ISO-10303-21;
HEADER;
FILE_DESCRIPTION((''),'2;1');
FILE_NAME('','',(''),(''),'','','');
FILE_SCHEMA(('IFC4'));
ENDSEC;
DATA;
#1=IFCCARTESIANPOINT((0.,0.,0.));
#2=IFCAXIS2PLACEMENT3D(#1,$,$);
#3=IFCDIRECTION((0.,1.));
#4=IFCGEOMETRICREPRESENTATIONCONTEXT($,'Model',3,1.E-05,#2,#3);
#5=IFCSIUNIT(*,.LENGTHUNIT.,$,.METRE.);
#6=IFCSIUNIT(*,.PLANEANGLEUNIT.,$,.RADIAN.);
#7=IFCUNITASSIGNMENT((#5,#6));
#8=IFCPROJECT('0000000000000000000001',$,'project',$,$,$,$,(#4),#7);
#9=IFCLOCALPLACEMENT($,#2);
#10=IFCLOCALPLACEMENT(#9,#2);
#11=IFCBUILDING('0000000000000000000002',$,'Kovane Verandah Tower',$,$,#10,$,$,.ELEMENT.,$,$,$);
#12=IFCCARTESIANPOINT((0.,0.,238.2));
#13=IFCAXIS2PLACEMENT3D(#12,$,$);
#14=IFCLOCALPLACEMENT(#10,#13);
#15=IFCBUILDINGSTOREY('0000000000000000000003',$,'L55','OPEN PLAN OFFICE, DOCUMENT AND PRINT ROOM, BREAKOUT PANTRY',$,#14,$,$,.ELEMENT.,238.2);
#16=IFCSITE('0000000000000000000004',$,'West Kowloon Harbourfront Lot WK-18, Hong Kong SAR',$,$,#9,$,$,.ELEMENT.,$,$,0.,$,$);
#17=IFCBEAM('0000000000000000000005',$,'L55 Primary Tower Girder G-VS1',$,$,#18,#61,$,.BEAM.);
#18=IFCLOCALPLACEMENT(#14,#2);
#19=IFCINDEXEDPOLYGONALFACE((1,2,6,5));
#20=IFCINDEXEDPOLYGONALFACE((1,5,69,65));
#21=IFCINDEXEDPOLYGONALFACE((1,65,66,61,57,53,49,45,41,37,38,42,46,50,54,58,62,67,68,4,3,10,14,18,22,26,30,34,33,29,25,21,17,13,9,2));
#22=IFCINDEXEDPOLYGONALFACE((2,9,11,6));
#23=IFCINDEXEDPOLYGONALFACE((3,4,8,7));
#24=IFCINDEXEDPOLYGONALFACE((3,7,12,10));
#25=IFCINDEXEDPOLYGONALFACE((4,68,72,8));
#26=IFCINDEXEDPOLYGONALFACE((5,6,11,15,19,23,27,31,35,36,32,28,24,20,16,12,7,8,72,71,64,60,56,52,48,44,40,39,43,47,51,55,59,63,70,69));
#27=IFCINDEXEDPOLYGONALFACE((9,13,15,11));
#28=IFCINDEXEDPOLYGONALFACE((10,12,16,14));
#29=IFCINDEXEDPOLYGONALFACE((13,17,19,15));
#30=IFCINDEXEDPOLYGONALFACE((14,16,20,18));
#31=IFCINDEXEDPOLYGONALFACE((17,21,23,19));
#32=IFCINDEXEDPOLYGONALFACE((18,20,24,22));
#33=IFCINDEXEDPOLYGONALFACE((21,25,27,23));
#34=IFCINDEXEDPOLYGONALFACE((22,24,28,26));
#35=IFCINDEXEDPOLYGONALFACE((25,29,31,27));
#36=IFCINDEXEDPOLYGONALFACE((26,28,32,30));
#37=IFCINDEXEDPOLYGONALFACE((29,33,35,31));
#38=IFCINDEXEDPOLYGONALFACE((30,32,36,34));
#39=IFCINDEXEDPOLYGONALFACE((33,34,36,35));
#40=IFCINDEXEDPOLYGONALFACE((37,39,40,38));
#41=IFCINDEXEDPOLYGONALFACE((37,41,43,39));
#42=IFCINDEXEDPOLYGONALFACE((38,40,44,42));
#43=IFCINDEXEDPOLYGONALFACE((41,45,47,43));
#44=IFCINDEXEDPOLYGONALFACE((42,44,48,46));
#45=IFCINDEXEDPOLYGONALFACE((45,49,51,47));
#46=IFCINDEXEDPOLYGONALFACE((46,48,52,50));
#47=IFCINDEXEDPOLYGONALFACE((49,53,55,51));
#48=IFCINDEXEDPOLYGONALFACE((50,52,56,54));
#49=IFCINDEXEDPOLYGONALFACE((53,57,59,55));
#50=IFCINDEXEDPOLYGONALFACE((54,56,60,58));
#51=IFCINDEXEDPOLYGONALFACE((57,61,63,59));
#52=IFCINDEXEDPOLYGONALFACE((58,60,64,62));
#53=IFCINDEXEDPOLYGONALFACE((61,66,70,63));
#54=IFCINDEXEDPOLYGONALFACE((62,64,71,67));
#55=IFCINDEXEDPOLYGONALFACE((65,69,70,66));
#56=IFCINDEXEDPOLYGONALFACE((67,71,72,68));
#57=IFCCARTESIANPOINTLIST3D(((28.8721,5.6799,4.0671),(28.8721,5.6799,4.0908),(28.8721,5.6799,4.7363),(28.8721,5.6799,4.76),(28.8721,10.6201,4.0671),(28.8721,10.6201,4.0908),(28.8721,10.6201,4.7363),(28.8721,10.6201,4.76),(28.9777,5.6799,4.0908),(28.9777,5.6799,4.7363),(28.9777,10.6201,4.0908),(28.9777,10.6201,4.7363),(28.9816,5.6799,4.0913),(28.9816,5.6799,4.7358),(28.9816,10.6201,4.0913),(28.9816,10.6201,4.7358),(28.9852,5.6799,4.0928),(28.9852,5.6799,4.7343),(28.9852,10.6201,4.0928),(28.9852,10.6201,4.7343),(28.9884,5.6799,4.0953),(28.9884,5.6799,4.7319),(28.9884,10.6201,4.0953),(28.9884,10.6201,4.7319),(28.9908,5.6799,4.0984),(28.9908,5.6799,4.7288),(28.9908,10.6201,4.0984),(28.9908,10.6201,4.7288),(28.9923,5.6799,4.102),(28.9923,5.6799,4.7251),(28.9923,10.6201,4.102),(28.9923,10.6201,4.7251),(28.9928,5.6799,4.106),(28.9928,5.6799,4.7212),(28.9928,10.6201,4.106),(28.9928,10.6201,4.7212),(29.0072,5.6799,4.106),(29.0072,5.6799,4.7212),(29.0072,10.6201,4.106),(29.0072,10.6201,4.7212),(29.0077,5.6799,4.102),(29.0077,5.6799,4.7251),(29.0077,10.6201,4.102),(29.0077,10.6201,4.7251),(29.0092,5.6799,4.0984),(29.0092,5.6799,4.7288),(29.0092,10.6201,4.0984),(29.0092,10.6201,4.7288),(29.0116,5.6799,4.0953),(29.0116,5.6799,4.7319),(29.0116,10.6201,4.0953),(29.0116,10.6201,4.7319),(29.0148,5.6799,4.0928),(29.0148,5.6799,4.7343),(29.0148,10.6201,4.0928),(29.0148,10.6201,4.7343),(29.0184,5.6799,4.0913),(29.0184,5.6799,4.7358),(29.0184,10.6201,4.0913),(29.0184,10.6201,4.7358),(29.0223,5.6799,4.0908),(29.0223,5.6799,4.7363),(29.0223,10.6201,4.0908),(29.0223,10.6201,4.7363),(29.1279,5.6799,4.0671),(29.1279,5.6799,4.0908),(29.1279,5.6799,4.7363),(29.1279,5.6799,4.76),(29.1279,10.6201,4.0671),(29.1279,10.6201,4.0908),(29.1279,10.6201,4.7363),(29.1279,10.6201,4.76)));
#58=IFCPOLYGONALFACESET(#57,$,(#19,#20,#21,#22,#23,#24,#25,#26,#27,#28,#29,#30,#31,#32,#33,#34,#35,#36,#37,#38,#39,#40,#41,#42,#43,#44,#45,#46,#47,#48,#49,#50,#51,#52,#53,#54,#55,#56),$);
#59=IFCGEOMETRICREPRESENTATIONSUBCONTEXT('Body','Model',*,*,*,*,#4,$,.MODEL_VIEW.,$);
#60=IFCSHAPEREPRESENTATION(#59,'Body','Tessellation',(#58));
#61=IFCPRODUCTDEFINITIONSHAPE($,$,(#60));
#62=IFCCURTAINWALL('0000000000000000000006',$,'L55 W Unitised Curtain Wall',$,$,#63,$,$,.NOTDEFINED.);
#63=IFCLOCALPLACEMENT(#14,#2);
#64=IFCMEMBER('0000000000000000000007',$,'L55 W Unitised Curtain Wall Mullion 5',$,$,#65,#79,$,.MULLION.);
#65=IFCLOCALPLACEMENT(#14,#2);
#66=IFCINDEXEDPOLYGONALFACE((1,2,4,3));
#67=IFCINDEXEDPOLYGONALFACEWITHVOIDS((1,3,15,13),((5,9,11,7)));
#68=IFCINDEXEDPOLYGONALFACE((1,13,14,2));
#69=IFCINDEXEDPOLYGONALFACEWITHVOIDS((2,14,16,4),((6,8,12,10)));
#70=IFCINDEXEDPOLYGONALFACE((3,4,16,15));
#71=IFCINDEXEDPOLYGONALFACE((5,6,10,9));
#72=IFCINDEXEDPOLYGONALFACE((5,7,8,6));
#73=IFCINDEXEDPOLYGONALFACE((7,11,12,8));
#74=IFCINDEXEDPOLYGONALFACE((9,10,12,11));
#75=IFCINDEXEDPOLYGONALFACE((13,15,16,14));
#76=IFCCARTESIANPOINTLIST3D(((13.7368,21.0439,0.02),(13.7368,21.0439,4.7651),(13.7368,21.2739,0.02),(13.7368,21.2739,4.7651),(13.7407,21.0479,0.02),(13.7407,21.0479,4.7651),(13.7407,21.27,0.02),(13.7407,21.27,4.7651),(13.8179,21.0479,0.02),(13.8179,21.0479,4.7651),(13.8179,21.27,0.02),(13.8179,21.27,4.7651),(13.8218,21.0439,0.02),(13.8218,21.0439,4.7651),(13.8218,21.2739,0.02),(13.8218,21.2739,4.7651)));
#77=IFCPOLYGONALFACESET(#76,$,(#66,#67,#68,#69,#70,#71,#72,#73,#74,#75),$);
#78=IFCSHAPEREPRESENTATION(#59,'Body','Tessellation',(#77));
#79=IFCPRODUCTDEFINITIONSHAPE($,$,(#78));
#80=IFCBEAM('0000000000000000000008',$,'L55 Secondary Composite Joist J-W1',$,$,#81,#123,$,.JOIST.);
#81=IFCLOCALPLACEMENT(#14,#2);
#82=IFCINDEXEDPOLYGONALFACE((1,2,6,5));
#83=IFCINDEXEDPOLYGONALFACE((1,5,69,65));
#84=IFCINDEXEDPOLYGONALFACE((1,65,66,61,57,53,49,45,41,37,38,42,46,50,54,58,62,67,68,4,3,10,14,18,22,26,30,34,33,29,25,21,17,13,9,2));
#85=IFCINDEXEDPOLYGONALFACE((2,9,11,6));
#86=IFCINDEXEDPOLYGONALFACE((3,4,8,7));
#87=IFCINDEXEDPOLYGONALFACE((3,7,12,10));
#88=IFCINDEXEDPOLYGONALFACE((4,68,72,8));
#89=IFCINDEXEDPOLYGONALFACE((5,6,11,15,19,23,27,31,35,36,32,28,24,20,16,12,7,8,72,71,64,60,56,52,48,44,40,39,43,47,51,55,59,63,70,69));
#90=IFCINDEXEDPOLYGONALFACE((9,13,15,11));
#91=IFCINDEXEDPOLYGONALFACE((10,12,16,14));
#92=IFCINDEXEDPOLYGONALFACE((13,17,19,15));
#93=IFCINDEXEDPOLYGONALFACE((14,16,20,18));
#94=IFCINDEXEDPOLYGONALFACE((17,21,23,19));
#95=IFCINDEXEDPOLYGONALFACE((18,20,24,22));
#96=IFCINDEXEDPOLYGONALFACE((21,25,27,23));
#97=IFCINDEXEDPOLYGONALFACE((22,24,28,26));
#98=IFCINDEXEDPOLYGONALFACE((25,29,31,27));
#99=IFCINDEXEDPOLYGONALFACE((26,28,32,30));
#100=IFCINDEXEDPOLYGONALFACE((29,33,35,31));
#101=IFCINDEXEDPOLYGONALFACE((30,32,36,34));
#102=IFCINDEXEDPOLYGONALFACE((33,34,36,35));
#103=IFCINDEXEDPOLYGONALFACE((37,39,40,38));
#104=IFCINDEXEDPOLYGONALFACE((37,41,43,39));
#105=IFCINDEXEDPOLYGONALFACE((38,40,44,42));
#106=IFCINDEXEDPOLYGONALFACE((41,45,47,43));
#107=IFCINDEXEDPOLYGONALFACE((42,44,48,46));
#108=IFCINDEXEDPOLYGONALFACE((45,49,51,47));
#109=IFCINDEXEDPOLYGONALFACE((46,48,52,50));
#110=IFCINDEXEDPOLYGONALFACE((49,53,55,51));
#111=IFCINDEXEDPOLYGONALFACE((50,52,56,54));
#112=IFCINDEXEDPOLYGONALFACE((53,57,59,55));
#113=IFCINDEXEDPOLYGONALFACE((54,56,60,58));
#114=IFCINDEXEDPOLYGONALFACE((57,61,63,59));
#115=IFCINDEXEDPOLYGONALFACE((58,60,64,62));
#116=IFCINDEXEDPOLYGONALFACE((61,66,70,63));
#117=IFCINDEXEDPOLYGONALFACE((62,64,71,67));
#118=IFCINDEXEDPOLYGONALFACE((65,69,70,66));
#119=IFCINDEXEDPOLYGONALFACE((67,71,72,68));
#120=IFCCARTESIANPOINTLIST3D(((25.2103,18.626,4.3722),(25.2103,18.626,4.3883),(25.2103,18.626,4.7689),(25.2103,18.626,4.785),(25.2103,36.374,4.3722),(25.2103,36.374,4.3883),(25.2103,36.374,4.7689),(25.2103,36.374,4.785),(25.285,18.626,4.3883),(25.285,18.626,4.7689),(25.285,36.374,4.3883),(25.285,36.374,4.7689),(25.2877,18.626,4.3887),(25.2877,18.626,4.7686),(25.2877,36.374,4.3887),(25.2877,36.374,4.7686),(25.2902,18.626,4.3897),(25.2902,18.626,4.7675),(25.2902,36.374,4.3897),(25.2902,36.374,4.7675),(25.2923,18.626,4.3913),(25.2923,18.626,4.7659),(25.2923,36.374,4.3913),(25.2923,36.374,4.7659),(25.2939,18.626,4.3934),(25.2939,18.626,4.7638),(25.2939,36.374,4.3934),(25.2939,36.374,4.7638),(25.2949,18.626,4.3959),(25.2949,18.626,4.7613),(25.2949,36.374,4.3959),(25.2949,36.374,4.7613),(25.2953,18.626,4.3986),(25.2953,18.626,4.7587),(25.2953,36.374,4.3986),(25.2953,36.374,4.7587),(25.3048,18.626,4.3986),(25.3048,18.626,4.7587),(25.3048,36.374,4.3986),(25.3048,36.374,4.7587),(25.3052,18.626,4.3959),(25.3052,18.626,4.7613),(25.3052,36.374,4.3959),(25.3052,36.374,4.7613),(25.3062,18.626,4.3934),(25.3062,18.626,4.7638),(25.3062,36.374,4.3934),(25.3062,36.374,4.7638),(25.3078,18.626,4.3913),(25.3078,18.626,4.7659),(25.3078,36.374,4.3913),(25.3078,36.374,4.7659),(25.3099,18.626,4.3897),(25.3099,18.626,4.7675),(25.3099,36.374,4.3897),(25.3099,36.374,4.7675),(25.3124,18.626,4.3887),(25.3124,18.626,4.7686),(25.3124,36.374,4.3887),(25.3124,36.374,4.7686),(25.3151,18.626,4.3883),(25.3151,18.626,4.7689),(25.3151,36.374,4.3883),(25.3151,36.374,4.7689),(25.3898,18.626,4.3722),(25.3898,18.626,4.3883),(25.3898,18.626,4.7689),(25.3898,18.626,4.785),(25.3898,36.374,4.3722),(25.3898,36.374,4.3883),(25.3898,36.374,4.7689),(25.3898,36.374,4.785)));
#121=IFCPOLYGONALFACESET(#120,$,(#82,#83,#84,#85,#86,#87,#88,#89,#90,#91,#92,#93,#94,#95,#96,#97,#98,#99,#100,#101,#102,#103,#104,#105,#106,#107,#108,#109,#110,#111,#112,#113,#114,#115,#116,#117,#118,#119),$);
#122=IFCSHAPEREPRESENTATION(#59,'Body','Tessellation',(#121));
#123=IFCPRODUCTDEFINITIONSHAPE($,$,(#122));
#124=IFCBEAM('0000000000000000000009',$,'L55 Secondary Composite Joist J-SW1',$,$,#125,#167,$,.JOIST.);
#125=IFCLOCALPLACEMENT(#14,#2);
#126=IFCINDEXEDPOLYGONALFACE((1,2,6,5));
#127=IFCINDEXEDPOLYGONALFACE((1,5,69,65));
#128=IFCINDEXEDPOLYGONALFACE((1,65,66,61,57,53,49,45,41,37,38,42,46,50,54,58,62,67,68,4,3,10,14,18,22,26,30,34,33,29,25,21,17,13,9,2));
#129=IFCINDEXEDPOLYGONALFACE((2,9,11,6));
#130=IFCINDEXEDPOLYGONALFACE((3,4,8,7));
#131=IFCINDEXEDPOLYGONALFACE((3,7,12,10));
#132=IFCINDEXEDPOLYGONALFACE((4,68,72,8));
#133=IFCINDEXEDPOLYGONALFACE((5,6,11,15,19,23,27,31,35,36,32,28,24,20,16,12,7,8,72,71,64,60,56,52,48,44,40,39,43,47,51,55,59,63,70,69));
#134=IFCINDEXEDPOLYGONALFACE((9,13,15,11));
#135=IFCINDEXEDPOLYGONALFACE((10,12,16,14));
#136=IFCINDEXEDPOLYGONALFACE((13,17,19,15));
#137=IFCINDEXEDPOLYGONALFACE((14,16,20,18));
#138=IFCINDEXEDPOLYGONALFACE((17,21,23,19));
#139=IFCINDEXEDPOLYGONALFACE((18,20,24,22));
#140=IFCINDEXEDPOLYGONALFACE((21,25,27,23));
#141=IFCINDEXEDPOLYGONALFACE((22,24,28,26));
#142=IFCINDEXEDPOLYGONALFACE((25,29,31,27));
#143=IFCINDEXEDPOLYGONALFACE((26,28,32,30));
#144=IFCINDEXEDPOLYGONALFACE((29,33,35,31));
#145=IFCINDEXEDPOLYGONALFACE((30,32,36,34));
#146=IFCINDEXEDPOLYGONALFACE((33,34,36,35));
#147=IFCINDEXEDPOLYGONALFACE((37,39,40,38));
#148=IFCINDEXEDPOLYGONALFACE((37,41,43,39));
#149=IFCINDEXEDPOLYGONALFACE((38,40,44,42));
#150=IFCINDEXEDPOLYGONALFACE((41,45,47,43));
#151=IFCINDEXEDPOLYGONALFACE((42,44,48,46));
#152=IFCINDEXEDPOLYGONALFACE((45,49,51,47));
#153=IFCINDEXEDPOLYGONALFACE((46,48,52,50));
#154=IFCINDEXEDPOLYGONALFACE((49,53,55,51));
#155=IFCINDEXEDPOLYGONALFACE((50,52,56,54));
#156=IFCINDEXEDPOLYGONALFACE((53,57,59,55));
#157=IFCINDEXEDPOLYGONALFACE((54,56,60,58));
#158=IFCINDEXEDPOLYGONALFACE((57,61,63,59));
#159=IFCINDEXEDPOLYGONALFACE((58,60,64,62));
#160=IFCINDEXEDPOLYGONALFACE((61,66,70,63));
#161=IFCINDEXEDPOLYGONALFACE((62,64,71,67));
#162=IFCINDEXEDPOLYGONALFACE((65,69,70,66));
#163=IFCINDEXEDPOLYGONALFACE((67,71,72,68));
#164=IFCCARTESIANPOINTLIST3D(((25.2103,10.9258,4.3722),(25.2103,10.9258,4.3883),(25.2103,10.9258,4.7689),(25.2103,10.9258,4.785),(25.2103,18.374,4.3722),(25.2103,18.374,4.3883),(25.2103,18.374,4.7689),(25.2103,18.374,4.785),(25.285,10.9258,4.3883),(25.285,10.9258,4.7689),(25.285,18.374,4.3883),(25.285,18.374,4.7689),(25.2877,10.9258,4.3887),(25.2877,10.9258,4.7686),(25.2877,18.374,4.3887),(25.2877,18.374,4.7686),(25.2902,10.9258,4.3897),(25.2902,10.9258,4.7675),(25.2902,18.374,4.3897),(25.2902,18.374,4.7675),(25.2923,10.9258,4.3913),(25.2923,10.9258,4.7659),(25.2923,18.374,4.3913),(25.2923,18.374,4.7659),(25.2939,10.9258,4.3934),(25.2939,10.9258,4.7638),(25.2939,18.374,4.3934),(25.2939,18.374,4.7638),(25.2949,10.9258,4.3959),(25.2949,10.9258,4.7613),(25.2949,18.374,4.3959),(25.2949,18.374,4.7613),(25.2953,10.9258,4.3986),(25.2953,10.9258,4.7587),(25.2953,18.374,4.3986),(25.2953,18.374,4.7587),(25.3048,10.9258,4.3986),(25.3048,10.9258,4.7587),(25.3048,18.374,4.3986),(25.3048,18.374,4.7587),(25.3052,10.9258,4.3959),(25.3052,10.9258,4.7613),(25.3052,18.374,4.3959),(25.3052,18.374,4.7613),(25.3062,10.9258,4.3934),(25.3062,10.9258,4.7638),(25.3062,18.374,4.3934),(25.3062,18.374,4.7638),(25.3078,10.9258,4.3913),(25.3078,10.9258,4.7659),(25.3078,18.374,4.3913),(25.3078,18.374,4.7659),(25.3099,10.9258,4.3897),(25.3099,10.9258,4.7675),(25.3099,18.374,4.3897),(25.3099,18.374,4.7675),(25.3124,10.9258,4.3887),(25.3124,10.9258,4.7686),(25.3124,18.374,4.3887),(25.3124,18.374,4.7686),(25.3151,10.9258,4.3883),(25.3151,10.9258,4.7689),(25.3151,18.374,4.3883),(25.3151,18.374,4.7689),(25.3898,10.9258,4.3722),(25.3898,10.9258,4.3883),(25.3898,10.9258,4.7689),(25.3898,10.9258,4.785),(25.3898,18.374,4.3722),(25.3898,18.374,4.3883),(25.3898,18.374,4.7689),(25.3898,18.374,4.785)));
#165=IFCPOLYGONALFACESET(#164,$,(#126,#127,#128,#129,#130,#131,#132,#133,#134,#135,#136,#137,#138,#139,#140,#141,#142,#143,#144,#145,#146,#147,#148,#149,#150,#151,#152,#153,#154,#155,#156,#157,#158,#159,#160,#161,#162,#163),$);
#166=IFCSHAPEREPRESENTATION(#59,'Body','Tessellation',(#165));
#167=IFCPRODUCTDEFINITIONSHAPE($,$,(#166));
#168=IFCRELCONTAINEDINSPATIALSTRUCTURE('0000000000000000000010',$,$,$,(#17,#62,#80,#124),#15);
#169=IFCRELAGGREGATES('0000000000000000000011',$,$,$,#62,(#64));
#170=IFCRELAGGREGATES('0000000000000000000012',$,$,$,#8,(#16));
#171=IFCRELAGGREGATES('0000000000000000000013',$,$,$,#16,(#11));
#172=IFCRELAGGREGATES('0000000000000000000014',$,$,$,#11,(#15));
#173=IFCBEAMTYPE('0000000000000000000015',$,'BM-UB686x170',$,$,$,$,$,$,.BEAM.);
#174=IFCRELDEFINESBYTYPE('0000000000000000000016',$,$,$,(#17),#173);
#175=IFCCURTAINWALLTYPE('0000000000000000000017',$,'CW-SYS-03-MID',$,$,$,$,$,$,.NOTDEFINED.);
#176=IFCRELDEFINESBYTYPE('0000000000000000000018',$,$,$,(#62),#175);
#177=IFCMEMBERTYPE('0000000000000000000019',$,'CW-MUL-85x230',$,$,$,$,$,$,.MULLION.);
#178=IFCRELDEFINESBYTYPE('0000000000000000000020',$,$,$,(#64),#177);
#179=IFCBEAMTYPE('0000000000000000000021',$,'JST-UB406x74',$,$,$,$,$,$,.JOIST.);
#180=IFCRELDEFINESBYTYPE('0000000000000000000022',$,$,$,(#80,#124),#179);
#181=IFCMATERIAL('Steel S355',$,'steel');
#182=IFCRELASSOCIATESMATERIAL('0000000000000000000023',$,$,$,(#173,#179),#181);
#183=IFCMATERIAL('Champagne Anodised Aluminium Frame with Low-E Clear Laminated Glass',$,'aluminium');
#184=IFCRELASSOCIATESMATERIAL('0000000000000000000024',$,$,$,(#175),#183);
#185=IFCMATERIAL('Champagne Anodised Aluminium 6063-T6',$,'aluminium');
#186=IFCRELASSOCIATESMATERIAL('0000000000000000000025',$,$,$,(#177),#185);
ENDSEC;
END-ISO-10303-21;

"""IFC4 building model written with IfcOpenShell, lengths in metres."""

from ifc_helpers import new_model, si_unit, direction, frame, origin, origin_2d, place, context, subcontext, project, spatial, hollow_rectangle, i_section, extrude, material, material_profile, profile_set, type_object, element, aggregate, save


model = new_model("IFC4")

# Units and contexts
model_context = context("Model", 3, precision=1e-05, world=origin(), true_north=direction((0.0, 1.0)))
body_context = subcontext(model_context, "Body", "Model", "MODEL_VIEW")
ifc_project = project(units=[si_unit("LENGTHUNIT", "METRE"), si_unit("PLANEANGLEUNIT", "RADIAN")], contexts=[model_context])

# Site, building, storey
site_placement = place(None, origin())
site = spatial("IfcSite", under=ifc_project, at=site_placement, Name="West Kowloon Harbourfront Lot WK-18, Hong Kong SAR", CompositionType="ELEMENT", RefElevation=0.0)
building_placement = place(site_placement, origin())
building = spatial("IfcBuilding", under=site, at=building_placement, Name="Kovane Verandah Tower", CompositionType="ELEMENT")
storey_placement = place(building_placement, frame((0.0, 0.0, 238.2)))
storey = spatial("IfcBuildingStorey", under=building, at=storey_placement, Name="L55", Description="OPEN PLAN OFFICE, DOCUMENT AND PRINT ROOM, BREAKOUT PANTRY", CompositionType="ELEMENT", Elevation=238.2)

# Beam
ifc_material_1 = material(Name="Steel S355", Category="steel")
ifc_material_profile_1 = material_profile(ifc_material_1, i_section(OverallWidth=0.2559, OverallDepth=0.6929, WebThickness=0.0144, FlangeThickness=0.0237, FilletRadius=0.0151, at=origin_2d()), Name="UB686x254x170")
ifc_profile_set_1 = profile_set([ifc_material_profile_1], Name="Steel S355")
beam_type_1 = type_object("IfcBeamType", Name="BM-UB686x170", PredefinedType="BEAM", material=ifc_profile_set_1)
beam_1_placement = place(storey_placement, frame((29.0, 10.6201, 4.4136), z_axis=(0.0, -1.0, 0.0), x_axis=(1.0, 0.0, 0.0)))
element("IfcBeam", 1, at=beam_1_placement, inside=storey, type_object=beam_type_1, Name="L55 Primary Tower Girder G-VS1", PredefinedType="BEAM", context=body_context, shape_type="SweptSolid", body=[
    extrude(i_section(OverallWidth=0.2559, OverallDepth=0.6929, WebThickness=0.0144, FlangeThickness=0.0237, FilletRadius=0.0151, at=origin_2d()), origin(), (0.0, 0.0, 1.0), 4.9402),
])

# Curtain wall, member
ifc_material_2 = material(Name="Champagne Anodised Aluminium Frame with Low-E Clear Laminated Glass", Category="aluminium")
curtain_wall_type = type_object("IfcCurtainWallType", Name="CW-SYS-03-MID", PredefinedType="NOTDEFINED", material=ifc_material_2)
curtain_wall_placement = place(storey_placement, origin())
curtain_wall = element("IfcCurtainWall", 2, at=curtain_wall_placement, inside=storey, type_object=curtain_wall_type, Name="L55 W Unitised Curtain Wall", PredefinedType="NOTDEFINED")
ifc_material_3 = material(Name="Champagne Anodised Aluminium 6063-T6", Category="aluminium")
ifc_material_profile_2 = material_profile(ifc_material_3, hollow_rectangle(XDim=0.085, YDim=0.23, WallThickness=0.0039, at=origin_2d()), Name="AL85x230x4")
ifc_profile_set_2 = profile_set([ifc_material_profile_2], Name="Champagne Anodised Aluminium 6063-T6")
member_type = type_object("IfcMemberType", Name="CW-MUL-85x230", PredefinedType="MULLION", material=ifc_profile_set_2)
member_placement = place(storey_placement, frame((13.7793, 21.1589, 0.02), z_axis=(0.0, 0.0, 1.0), x_axis=(-1.0, 0.0, 0.0)))
member = element("IfcMember", 3, at=member_placement, type_object=member_type, Name="L55 W Unitised Curtain Wall Mullion 5", PredefinedType="MULLION", context=body_context, shape_type="SweptSolid", body=[
    extrude(hollow_rectangle(XDim=0.085, YDim=0.23, WallThickness=0.0039, at=origin_2d()), origin(), (0.0, 0.0, 1.0), 4.7451),
])
aggregate(curtain_wall, [member])

# Beams
ifc_material_profile_3 = material_profile(ifc_material_1, i_section(OverallWidth=0.1794, OverallDepth=0.4128, WebThickness=0.0095, FlangeThickness=0.0161, FilletRadius=0.0103, at=origin_2d()), Name="UB406x178x74")
ifc_profile_set_3 = profile_set([ifc_material_profile_3], Name="Steel S355")
beam_type_2 = type_object("IfcBeamType", Name="JST-UB406x74", PredefinedType="JOIST", material=ifc_profile_set_3)
beam_2_placement = place(storey_placement, frame((25.3, 18.626, 4.5786), z_axis=(0.0, 1.0, 0.0), x_axis=(-1.0, 0.0, 0.0)))
element("IfcBeam", 4, at=beam_2_placement, inside=storey, type_object=beam_type_2, Name="L55 Secondary Composite Joist J-W1", PredefinedType="JOIST", context=body_context, shape_type="SweptSolid", body=[
    extrude(i_section(OverallWidth=0.1794, OverallDepth=0.4128, WebThickness=0.0095, FlangeThickness=0.0161, FilletRadius=0.0103, at=origin_2d()), origin(), (0.0, 0.0, 1.0), 17.748),
])
beam_3_placement = place(storey_placement, frame((25.3, 10.9258, 4.5786), z_axis=(0.0, 1.0, 0.0), x_axis=(-1.0, 0.0, 0.0)))
element("IfcBeam", 5, at=beam_3_placement, inside=storey, type_object=beam_type_2, Name="L55 Secondary Composite Joist J-SW1", PredefinedType="JOIST", context=body_context, shape_type="SweptSolid", body=[
    extrude(i_section(OverallWidth=0.1794, OverallDepth=0.4128, WebThickness=0.0095, FlangeThickness=0.0161, FilletRadius=0.0103, at=origin_2d()), origin(), (0.0, 0.0, 1.0), 7.4482),
])

save(model, "model.ifc")
